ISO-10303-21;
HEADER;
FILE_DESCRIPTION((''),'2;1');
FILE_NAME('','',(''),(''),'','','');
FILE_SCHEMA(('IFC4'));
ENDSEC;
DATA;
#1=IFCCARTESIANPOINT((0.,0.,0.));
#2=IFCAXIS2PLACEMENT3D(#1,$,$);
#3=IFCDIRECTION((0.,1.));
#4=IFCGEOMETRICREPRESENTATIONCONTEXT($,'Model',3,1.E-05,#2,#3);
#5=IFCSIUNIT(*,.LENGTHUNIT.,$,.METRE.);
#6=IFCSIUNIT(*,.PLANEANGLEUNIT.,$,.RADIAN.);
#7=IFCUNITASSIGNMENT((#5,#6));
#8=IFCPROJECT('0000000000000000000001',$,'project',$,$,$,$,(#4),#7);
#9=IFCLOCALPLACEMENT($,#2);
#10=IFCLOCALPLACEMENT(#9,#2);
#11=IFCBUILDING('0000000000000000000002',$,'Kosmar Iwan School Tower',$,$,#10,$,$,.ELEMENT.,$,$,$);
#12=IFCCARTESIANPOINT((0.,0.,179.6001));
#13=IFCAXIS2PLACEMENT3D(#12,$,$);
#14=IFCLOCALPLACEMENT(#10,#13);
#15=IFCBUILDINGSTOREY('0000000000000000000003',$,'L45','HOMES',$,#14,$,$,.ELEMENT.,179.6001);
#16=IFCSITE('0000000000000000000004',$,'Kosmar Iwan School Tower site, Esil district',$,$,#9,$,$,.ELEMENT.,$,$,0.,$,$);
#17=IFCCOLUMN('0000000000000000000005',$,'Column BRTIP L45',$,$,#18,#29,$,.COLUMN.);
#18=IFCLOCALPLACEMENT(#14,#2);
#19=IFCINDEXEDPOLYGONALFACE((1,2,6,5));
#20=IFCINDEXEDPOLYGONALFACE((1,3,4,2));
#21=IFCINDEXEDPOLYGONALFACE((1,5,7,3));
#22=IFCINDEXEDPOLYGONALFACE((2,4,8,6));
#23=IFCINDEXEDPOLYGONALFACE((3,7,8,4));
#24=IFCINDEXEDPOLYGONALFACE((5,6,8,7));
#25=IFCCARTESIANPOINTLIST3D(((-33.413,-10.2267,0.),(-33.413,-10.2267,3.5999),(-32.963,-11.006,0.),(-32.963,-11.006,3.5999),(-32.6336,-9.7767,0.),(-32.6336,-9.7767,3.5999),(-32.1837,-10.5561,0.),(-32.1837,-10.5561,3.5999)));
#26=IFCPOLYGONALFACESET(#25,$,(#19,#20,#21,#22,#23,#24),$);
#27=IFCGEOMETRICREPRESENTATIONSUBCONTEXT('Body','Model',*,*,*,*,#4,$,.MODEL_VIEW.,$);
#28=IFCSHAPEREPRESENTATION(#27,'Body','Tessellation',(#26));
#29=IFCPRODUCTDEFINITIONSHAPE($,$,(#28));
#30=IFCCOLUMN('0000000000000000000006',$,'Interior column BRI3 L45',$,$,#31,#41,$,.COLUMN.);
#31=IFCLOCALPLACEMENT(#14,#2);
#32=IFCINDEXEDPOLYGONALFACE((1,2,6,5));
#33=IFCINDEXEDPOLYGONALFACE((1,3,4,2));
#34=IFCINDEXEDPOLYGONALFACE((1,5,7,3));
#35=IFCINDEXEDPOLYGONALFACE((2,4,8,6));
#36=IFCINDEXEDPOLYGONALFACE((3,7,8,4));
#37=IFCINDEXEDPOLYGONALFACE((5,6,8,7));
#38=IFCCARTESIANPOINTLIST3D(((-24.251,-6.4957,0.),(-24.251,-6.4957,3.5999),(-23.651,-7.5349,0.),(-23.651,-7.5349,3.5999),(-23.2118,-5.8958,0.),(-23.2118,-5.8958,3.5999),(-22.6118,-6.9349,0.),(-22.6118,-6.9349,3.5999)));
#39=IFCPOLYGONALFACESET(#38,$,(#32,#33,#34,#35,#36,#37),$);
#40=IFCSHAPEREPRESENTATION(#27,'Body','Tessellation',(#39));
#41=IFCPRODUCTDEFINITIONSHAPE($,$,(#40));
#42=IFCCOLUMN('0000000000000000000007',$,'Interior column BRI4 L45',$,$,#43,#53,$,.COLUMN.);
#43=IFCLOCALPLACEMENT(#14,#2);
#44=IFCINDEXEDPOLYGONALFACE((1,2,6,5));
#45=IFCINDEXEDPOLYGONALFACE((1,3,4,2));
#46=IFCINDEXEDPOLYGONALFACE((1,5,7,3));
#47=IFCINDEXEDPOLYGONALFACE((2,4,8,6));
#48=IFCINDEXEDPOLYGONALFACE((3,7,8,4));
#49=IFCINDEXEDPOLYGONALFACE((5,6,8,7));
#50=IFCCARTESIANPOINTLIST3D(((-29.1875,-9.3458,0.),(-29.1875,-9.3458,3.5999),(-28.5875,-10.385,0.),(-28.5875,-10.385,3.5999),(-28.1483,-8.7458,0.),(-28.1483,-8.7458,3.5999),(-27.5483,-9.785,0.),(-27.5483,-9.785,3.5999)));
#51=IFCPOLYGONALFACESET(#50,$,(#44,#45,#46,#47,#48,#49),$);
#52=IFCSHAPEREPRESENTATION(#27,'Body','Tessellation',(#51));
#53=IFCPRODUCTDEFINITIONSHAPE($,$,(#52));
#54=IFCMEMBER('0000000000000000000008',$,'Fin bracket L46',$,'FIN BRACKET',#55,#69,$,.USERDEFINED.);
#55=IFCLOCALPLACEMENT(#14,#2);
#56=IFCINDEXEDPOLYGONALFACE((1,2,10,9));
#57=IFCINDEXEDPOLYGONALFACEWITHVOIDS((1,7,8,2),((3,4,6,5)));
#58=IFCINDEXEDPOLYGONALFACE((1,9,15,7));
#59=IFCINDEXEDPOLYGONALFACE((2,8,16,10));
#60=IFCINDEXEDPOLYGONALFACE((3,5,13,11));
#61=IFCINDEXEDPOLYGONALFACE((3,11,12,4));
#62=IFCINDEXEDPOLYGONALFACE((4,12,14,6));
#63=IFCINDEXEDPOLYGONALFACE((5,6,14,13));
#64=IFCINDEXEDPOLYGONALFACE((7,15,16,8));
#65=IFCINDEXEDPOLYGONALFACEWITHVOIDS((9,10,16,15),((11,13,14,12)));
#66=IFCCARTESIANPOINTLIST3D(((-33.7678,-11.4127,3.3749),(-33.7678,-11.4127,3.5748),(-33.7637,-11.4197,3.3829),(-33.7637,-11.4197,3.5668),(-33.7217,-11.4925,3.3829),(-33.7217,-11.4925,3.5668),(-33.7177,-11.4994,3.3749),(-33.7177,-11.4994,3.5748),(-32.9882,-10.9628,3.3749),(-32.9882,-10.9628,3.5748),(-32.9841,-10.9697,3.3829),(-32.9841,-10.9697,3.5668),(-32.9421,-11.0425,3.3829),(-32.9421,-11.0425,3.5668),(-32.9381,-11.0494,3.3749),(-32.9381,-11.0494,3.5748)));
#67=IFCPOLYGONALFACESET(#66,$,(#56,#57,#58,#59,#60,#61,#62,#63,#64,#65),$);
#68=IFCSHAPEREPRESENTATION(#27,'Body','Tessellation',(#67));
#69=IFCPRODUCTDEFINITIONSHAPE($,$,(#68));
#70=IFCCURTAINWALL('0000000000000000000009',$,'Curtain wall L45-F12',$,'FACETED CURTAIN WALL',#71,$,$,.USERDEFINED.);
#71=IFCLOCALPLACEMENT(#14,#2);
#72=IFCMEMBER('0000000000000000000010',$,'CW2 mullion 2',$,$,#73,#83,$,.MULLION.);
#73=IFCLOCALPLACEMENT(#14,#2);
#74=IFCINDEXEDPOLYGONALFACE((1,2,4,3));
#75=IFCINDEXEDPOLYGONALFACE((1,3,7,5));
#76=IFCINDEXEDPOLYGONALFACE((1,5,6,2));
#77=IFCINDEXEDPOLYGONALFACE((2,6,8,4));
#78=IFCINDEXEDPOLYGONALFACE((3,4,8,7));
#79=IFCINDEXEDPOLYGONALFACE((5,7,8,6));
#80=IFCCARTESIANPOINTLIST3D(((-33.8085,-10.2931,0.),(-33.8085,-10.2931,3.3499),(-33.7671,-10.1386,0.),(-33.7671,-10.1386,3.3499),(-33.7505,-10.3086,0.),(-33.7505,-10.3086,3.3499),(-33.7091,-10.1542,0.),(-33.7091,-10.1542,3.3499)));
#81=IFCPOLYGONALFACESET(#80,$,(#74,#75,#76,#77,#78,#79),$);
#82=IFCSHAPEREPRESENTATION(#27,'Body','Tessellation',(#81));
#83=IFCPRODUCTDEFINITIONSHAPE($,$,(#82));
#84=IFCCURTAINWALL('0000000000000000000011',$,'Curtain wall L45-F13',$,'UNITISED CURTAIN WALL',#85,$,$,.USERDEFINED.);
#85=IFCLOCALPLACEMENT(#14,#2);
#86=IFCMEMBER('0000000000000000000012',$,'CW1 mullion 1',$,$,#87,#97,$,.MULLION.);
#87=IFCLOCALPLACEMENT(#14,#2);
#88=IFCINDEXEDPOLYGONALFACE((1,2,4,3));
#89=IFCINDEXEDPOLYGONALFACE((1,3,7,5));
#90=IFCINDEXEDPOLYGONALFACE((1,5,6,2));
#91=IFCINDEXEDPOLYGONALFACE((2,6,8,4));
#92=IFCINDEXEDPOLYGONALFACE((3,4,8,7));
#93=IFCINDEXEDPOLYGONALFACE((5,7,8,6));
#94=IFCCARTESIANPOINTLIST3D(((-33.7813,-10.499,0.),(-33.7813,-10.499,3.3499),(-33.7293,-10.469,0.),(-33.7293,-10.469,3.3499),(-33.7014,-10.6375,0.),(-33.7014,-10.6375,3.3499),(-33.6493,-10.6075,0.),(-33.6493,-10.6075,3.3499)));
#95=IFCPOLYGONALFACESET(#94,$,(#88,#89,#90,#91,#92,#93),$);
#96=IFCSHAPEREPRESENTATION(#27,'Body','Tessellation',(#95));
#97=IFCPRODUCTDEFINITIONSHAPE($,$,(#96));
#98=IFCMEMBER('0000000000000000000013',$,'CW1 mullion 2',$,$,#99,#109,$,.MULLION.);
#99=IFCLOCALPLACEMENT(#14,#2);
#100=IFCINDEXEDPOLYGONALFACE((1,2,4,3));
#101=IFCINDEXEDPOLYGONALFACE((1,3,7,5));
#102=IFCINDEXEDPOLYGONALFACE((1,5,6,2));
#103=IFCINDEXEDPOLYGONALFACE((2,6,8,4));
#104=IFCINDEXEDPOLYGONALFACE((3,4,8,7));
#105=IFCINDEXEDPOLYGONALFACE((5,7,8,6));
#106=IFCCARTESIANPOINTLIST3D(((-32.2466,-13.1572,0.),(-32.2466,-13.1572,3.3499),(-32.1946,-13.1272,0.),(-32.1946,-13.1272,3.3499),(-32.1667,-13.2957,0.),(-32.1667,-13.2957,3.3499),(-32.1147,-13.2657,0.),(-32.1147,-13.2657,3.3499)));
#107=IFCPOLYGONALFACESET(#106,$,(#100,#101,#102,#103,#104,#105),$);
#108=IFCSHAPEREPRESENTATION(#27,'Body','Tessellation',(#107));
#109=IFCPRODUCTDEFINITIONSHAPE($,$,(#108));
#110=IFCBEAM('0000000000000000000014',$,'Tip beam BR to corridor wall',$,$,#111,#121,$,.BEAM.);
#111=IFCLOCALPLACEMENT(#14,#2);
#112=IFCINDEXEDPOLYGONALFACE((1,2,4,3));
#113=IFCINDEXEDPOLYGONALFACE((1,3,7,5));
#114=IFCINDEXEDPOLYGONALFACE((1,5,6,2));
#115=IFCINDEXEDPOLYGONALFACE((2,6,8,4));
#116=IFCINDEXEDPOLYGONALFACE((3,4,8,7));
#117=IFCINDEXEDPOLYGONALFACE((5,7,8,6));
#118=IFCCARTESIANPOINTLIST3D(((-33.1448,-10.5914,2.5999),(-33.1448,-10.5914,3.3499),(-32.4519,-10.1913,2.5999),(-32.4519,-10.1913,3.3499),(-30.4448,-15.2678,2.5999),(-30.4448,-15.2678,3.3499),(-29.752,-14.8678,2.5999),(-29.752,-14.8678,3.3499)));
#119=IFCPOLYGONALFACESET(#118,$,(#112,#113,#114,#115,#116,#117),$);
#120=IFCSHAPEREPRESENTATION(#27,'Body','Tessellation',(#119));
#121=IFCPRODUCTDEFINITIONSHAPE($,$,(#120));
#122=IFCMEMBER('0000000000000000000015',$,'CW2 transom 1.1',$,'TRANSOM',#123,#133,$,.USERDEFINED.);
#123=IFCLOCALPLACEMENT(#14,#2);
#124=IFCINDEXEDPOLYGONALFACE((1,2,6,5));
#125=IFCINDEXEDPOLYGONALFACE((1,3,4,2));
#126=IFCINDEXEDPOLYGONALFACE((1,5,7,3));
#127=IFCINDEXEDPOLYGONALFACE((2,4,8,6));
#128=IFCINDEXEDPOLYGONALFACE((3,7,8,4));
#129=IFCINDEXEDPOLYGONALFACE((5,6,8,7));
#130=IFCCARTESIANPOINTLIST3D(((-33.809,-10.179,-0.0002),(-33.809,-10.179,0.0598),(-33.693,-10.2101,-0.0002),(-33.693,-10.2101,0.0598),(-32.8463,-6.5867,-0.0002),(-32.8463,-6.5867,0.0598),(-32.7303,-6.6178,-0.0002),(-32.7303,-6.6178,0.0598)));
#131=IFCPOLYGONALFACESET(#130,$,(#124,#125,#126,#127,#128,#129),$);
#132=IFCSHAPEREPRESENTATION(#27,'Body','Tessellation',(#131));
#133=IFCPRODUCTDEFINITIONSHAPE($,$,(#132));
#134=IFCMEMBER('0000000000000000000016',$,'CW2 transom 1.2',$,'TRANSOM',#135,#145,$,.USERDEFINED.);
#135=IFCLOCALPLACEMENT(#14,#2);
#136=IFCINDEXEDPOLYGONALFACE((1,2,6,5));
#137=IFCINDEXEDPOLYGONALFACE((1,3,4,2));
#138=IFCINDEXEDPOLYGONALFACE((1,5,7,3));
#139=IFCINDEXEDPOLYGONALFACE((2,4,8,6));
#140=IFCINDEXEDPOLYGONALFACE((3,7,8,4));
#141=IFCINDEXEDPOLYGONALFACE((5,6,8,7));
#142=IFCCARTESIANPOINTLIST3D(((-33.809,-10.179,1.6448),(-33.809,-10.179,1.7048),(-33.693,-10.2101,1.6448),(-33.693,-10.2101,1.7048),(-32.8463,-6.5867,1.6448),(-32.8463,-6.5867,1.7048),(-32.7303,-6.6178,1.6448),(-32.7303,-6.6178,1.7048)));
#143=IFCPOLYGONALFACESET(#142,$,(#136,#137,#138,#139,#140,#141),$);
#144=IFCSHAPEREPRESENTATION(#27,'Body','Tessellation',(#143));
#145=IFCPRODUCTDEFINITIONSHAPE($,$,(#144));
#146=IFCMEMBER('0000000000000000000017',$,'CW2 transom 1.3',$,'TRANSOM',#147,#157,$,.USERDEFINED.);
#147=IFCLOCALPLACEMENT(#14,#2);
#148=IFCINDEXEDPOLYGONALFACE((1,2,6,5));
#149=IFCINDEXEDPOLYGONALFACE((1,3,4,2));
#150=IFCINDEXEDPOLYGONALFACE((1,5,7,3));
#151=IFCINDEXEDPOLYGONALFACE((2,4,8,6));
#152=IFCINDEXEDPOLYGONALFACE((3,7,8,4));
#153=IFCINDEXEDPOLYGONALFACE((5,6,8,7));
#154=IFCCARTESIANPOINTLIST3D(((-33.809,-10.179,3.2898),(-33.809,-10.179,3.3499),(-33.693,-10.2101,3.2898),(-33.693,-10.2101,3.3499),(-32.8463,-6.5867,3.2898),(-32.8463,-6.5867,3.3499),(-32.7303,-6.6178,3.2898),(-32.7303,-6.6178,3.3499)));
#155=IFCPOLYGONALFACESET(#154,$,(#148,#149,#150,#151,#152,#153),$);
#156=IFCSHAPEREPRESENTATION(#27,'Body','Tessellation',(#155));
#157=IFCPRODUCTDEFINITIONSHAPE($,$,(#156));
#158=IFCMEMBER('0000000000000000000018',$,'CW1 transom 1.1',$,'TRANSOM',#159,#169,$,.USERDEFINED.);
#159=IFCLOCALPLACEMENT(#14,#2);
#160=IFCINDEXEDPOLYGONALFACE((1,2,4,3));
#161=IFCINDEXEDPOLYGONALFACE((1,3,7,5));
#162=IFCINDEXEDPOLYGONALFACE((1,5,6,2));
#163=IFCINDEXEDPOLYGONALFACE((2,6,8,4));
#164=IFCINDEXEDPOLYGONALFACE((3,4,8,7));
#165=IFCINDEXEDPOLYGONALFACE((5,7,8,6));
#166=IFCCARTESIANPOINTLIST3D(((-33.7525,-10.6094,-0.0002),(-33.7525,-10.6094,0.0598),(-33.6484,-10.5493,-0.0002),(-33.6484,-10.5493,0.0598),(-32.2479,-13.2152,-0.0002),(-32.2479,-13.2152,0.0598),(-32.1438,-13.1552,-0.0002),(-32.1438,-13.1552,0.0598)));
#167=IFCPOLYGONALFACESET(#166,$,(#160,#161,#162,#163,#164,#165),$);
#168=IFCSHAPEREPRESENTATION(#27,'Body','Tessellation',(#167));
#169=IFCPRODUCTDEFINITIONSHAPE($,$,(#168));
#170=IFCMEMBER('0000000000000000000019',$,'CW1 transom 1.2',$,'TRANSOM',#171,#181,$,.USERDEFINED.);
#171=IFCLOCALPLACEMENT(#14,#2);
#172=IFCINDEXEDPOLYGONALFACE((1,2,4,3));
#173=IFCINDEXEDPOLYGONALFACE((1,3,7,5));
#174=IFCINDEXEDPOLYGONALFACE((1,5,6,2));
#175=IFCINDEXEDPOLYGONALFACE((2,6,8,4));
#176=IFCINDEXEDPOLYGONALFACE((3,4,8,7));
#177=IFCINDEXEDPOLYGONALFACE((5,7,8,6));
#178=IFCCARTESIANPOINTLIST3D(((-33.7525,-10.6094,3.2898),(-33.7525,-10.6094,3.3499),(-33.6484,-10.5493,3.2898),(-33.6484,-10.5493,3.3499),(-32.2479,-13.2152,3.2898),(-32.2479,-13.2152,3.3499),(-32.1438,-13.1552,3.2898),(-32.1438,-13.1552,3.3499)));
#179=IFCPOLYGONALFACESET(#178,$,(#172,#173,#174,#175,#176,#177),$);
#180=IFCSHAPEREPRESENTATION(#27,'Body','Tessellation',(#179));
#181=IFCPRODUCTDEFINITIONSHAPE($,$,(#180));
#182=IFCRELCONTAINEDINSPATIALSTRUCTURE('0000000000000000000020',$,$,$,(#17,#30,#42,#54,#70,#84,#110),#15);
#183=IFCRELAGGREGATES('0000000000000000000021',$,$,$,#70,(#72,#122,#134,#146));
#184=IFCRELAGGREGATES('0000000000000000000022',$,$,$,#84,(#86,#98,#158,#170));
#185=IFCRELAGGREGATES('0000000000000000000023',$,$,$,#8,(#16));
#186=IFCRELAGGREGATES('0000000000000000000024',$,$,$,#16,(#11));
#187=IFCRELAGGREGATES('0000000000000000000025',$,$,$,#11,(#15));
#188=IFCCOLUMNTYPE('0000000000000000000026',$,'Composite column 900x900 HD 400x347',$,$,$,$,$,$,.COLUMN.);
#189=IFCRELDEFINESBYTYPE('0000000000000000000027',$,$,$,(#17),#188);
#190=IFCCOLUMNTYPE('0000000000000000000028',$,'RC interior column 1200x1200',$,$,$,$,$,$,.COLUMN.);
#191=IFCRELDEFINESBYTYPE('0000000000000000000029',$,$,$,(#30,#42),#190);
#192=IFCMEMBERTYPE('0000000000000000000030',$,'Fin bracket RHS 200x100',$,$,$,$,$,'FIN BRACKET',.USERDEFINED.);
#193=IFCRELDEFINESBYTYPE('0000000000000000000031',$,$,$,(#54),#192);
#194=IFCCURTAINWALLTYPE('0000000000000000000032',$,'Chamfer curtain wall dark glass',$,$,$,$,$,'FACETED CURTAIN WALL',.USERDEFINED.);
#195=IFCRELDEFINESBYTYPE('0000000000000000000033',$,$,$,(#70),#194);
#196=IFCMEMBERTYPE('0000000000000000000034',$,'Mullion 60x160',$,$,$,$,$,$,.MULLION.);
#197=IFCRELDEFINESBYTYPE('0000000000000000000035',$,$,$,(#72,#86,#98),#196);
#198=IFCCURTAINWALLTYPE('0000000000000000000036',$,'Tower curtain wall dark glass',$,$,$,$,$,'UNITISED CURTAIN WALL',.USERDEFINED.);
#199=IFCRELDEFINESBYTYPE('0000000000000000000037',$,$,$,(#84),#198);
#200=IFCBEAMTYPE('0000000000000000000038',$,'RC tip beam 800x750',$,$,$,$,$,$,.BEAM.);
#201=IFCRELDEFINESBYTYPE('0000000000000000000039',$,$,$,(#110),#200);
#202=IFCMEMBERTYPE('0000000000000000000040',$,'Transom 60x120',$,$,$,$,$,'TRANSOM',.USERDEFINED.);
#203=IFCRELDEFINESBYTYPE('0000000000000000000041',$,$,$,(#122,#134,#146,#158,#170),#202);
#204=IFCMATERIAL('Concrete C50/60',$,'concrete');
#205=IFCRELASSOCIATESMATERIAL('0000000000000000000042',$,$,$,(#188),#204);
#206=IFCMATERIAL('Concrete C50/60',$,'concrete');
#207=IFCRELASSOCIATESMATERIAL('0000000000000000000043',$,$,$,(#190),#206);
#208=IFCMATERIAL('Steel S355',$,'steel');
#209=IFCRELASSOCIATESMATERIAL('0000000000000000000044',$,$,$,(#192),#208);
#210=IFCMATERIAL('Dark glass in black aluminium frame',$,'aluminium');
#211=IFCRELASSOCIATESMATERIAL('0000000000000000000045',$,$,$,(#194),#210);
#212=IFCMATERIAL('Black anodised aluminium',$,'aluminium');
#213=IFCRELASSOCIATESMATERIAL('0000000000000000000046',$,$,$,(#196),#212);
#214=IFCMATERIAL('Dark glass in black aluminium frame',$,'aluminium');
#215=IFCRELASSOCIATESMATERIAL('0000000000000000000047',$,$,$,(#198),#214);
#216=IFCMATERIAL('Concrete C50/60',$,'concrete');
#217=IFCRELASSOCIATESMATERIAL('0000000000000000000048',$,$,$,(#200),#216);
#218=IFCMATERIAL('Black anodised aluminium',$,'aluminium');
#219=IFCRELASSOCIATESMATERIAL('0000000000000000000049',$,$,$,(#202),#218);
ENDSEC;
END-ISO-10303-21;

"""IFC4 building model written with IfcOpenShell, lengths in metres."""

from ifc_helpers import new_model, si_unit, direction, frame, origin, origin_2d, place, context, subcontext, project, spatial, rectangle, hollow_rectangle, extrude, material, material_profile, profile_set, type_object, element, aggregate, save


model = new_model("IFC4")

# Units and contexts
model_context = context("Model", 3, precision=1e-05, world=origin(), true_north=direction((0.0, 1.0)))
body_context = subcontext(model_context, "Body", "Model", "MODEL_VIEW")
ifc_project = project(units=[si_unit("LENGTHUNIT", "METRE"), si_unit("PLANEANGLEUNIT", "RADIAN")], contexts=[model_context])

# Site, building, storey
site_placement = place(None, origin())
site = spatial("IfcSite", under=ifc_project, at=site_placement, Name="Kosmar Iwan School Tower site, Esil district", CompositionType="ELEMENT", RefElevation=0.0)
building_placement = place(site_placement, origin())
building = spatial("IfcBuilding", under=site, at=building_placement, Name="Kosmar Iwan School Tower", CompositionType="ELEMENT")
storey_placement = place(building_placement, frame((0.0, 0.0, 179.6001)))
storey = spatial("IfcBuildingStorey", under=building, at=storey_placement, Name="L45", Description="HOMES", CompositionType="ELEMENT", Elevation=179.6001)

# Columns
ifc_material_1 = material(Name="Concrete C50/60", Category="concrete")
ifc_material_profile_1 = material_profile(ifc_material_1, rectangle(XDim=0.8999, YDim=0.8999, at=origin_2d()), Name="RC 900x900 + HD 400x347")
ifc_profile_set_1 = profile_set([ifc_material_profile_1], Name="Concrete C50/60")
column_type_1 = type_object("IfcColumnType", Name="Composite column 900x900 HD 400x347", PredefinedType="COLUMN", material=ifc_profile_set_1)
column_placement = place(storey_placement, frame((-32.7983, -10.3914, 0.0), z_axis=(0.0, 0.0, 1.0), x_axis=(-0.866025, -0.5, 0.0)))
element("IfcColumn", 1, at=column_placement, inside=storey, type_object=column_type_1, Name="Column BRTIP L45", PredefinedType="COLUMN", context=body_context, shape_type="SweptSolid", body=[
    extrude(rectangle(XDim=0.8999, YDim=0.8999, at=origin_2d()), origin(), (0.0, 0.0, 1.0), 3.5999),
])
ifc_material_2 = material(Name="Concrete C50/60", Category="concrete")
ifc_material_profile_2 = material_profile(ifc_material_2, rectangle(XDim=1.2, YDim=1.2, at=origin_2d()), Name="RC 1200x1200")
ifc_profile_set_2 = profile_set([ifc_material_profile_2], Name="Concrete C50/60")
column_type_2 = type_object("IfcColumnType", Name="RC interior column 1200x1200", PredefinedType="COLUMN", material=ifc_profile_set_2)
for number, where, z_axis, x_axis, name in (
    (2, (-23.4314, -6.7153, 0.0), (0.0, 0.0, 1.0), (-0.866025, -0.5, 0.0), "Interior column BRI3 L45"),
    (3, (-28.3679, -9.5654, 0.0), (0.0, 0.0, 1.0), (-0.866025, -0.5, 0.0), "Interior column BRI4 L45"),
):
    element("IfcColumn", number, at=place(storey_placement, frame(where, z_axis=z_axis, x_axis=x_axis)), inside=storey, type_object=column_type_2, Name=name, PredefinedType="COLUMN", context=body_context, shape_type="SweptSolid", body=[
        extrude(rectangle(XDim=1.2, YDim=1.2, at=origin_2d()), origin(), (0.0, 0.0, 1.0), 3.5999),
    ])

# Member
ifc_material_3 = material(Name="Steel S355", Category="steel")
ifc_material_profile_3 = material_profile(ifc_material_3, hollow_rectangle(XDim=0.1001, YDim=0.2, WallThickness=0.0081, at=origin_2d()), Name="RHS 200x100x8")
ifc_profile_set_3 = profile_set([ifc_material_profile_3], Name="Steel S355")
member_type_1 = type_object("IfcMemberType", Name="Fin bracket RHS 200x100", ElementType="FIN BRACKET", PredefinedType="USERDEFINED", material=ifc_profile_set_3)
member_1_placement = place(storey_placement, frame((-32.9631, -11.0061, 3.4749), z_axis=(-0.866082, -0.499902, 0.0), x_axis=(0.499902, -0.866082, 0.0)))
element("IfcMember", 4, at=member_1_placement, inside=storey, type_object=member_type_1, Name="Fin bracket L46", ObjectType="FIN BRACKET", PredefinedType="USERDEFINED", context=body_context, shape_type="SweptSolid", body=[
    extrude(hollow_rectangle(XDim=0.1001, YDim=0.2, WallThickness=0.0081, at=origin_2d()), origin(), (0.0, 0.0, 1.0), 0.9001),
])

# Curtain wall, member
ifc_material_4 = material(Name="Dark glass in black aluminium frame", Category="aluminium")
curtain_wall_type_1 = type_object("IfcCurtainWallType", Name="Chamfer curtain wall dark glass", ElementType="FACETED CURTAIN WALL", PredefinedType="USERDEFINED", material=ifc_material_4)
curtain_wall_1_placement = place(storey_placement, origin())
curtain_wall_1 = element("IfcCurtainWall", 5, at=curtain_wall_1_placement, inside=storey, type_object=curtain_wall_type_1, Name="Curtain wall L45-F12", ObjectType="FACETED CURTAIN WALL", PredefinedType="USERDEFINED")
ifc_material_5 = material(Name="Black anodised aluminium", Category="aluminium")
ifc_material_profile_4 = material_profile(ifc_material_5, rectangle(XDim=0.0601, YDim=0.1599, at=origin_2d()), Name="MULLION 60x160")
ifc_profile_set_4 = profile_set([ifc_material_profile_4], Name="Black anodised aluminium")
member_type_2 = type_object("IfcMemberType", Name="Mullion 60x160", PredefinedType="MULLION", material=ifc_profile_set_4)
member_2_placement = place(storey_placement, frame((-33.7588, -10.2236, 0.0), z_axis=(0.0, 0.0, 1.0), x_axis=(0.965926, -0.258819, 0.0)))
member_2 = element("IfcMember", 6, at=member_2_placement, type_object=member_type_2, Name="CW2 mullion 2", PredefinedType="MULLION", context=body_context, shape_type="SweptSolid", body=[
    extrude(rectangle(XDim=0.0601, YDim=0.1599, at=origin_2d()), origin(), (0.0, 0.0, 1.0), 3.3499),
])

# Curtain wall, members
ifc_material_6 = material(Name="Dark glass in black aluminium frame", Category="aluminium")
curtain_wall_type_2 = type_object("IfcCurtainWallType", Name="Tower curtain wall dark glass", ElementType="UNITISED CURTAIN WALL", PredefinedType="USERDEFINED", material=ifc_material_6)
curtain_wall_2_placement = place(storey_placement, origin())
curtain_wall_2 = element("IfcCurtainWall", 7, at=curtain_wall_2_placement, inside=storey, type_object=curtain_wall_type_2, Name="Curtain wall L45-F13", ObjectType="UNITISED CURTAIN WALL", PredefinedType="USERDEFINED")
member_3_placement = place(storey_placement, frame((-33.7153, -10.5532, 0.0), z_axis=(0.0, 0.0, 1.0), x_axis=(0.866025, 0.5, 0.0)))
member_3 = element("IfcMember", 8, at=member_3_placement, type_object=member_type_2, Name="CW1 mullion 1", PredefinedType="MULLION", context=body_context, shape_type="SweptSolid", body=[
    extrude(rectangle(XDim=0.0601, YDim=0.1599, at=origin_2d()), origin(), (0.0, 0.0, 1.0), 3.3499),
])
member_4_placement = place(storey_placement, frame((-32.1807, -13.2114, 0.0), z_axis=(0.0, 0.0, 1.0), x_axis=(0.866025, 0.5, 0.0)))
member_4 = element("IfcMember", 9, at=member_4_placement, type_object=member_type_2, Name="CW1 mullion 2", PredefinedType="MULLION", context=body_context, shape_type="SweptSolid", body=[
    extrude(rectangle(XDim=0.0601, YDim=0.1599, at=origin_2d()), origin(), (0.0, 0.0, 1.0), 3.3499),
])

# Beam
ifc_material_7 = material(Name="Concrete C50/60", Category="concrete")
ifc_material_profile_5 = material_profile(ifc_material_7, rectangle(XDim=0.8, YDim=0.75, at=origin_2d()), Name="RC 800x750")
ifc_profile_set_5 = profile_set([ifc_material_profile_5], Name="Concrete C50/60")
beam_type = type_object("IfcBeamType", Name="RC tip beam 800x750", PredefinedType="BEAM", material=ifc_profile_set_5)
beam_placement = place(storey_placement, frame((-32.7983, -10.3914, 2.9749), z_axis=(0.499995, -0.866028, 0.0), x_axis=(0.866028, 0.499995, 0.0)))
element("IfcBeam", 10, at=beam_placement, inside=storey, type_object=beam_type, Name="Tip beam BR to corridor wall", PredefinedType="BEAM", context=body_context, shape_type="SweptSolid", body=[
    extrude(rectangle(XDim=0.8, YDim=0.75, at=origin_2d()), origin(), (0.0, 0.0, 1.0), 5.3999),
])

# Members
ifc_material_8 = material(Name="Black anodised aluminium", Category="aluminium")
ifc_material_profile_6 = material_profile(ifc_material_8, rectangle(XDim=0.1201, YDim=0.0601, at=origin_2d()), Name="TRANSOM 60x120")
ifc_profile_set_6 = profile_set([ifc_material_profile_6], Name="Black anodised aluminium")
member_type_3 = type_object("IfcMemberType", Name="Transom 60x120", ElementType="TRANSOM", PredefinedType="USERDEFINED", material=ifc_profile_set_6)
member_5_placement = place(storey_placement, frame((-32.7883, -6.6023, 0.0298), z_axis=(-0.258843, -0.965919, 0.0), x_axis=(0.965919, -0.258843, 0.0)))
member_5 = element("IfcMember", 11, at=member_5_placement, type_object=member_type_3, Name="CW2 transom 1.1", ObjectType="TRANSOM", PredefinedType="USERDEFINED", context=body_context, shape_type="SweptSolid", body=[
    extrude(rectangle(XDim=0.1201, YDim=0.0601, at=origin_2d()), origin(), (0.0, 0.0, 1.0), 3.719),
])
member_6_placement = place(storey_placement, frame((-32.7883, -6.6023, 1.6748), z_axis=(-0.258843, -0.965919, 0.0), x_axis=(0.965919, -0.258843, 0.0)))
member_6 = element("IfcMember", 12, at=member_6_placement, type_object=member_type_3, Name="CW2 transom 1.2", ObjectType="TRANSOM", PredefinedType="USERDEFINED", context=body_context, shape_type="SweptSolid", body=[
    extrude(rectangle(XDim=0.1201, YDim=0.0601, at=origin_2d()), origin(), (0.0, 0.0, 1.0), 3.719),
])
member_7_placement = place(storey_placement, frame((-32.7883, -6.6023, 3.3198), z_axis=(-0.258843, -0.965919, 0.0), x_axis=(0.965919, -0.258843, 0.0)))
member_7 = element("IfcMember", 13, at=member_7_placement, type_object=member_type_3, Name="CW2 transom 1.3", ObjectType="TRANSOM", PredefinedType="USERDEFINED", context=body_context, shape_type="SweptSolid", body=[
    extrude(rectangle(XDim=0.1201, YDim=0.0601, at=origin_2d()), origin(), (0.0, 0.0, 1.0), 3.719),
])
member_8_placement = place(storey_placement, frame((-33.7004, -10.5793, 0.0298), z_axis=(0.500022, -0.866013, 0.0), x_axis=(0.866013, 0.500022, 0.0)))
member_8 = element("IfcMember", 14, at=member_8_placement, type_object=member_type_3, Name="CW1 transom 1.1", ObjectType="TRANSOM", PredefinedType="USERDEFINED", context=body_context, shape_type="SweptSolid", body=[
    extrude(rectangle(XDim=0.1201, YDim=0.0601, at=origin_2d()), origin(), (0.0, 0.0, 1.0), 3.009),
])
member_9_placement = place(storey_placement, frame((-33.7004, -10.5793, 3.3198), z_axis=(0.500022, -0.866013, 0.0), x_axis=(0.866013, 0.500022, 0.0)))
member_9 = element("IfcMember", 15, at=member_9_placement, type_object=member_type_3, Name="CW1 transom 1.2", ObjectType="TRANSOM", PredefinedType="USERDEFINED", context=body_context, shape_type="SweptSolid", body=[
    extrude(rectangle(XDim=0.1201, YDim=0.0601, at=origin_2d()), origin(), (0.0, 0.0, 1.0), 3.009),
])

aggregate(curtain_wall_1, [member_2, member_5, member_6, member_7])
aggregate(curtain_wall_2, [member_3, member_4, member_8, member_9])

save(model, "model.ifc")
